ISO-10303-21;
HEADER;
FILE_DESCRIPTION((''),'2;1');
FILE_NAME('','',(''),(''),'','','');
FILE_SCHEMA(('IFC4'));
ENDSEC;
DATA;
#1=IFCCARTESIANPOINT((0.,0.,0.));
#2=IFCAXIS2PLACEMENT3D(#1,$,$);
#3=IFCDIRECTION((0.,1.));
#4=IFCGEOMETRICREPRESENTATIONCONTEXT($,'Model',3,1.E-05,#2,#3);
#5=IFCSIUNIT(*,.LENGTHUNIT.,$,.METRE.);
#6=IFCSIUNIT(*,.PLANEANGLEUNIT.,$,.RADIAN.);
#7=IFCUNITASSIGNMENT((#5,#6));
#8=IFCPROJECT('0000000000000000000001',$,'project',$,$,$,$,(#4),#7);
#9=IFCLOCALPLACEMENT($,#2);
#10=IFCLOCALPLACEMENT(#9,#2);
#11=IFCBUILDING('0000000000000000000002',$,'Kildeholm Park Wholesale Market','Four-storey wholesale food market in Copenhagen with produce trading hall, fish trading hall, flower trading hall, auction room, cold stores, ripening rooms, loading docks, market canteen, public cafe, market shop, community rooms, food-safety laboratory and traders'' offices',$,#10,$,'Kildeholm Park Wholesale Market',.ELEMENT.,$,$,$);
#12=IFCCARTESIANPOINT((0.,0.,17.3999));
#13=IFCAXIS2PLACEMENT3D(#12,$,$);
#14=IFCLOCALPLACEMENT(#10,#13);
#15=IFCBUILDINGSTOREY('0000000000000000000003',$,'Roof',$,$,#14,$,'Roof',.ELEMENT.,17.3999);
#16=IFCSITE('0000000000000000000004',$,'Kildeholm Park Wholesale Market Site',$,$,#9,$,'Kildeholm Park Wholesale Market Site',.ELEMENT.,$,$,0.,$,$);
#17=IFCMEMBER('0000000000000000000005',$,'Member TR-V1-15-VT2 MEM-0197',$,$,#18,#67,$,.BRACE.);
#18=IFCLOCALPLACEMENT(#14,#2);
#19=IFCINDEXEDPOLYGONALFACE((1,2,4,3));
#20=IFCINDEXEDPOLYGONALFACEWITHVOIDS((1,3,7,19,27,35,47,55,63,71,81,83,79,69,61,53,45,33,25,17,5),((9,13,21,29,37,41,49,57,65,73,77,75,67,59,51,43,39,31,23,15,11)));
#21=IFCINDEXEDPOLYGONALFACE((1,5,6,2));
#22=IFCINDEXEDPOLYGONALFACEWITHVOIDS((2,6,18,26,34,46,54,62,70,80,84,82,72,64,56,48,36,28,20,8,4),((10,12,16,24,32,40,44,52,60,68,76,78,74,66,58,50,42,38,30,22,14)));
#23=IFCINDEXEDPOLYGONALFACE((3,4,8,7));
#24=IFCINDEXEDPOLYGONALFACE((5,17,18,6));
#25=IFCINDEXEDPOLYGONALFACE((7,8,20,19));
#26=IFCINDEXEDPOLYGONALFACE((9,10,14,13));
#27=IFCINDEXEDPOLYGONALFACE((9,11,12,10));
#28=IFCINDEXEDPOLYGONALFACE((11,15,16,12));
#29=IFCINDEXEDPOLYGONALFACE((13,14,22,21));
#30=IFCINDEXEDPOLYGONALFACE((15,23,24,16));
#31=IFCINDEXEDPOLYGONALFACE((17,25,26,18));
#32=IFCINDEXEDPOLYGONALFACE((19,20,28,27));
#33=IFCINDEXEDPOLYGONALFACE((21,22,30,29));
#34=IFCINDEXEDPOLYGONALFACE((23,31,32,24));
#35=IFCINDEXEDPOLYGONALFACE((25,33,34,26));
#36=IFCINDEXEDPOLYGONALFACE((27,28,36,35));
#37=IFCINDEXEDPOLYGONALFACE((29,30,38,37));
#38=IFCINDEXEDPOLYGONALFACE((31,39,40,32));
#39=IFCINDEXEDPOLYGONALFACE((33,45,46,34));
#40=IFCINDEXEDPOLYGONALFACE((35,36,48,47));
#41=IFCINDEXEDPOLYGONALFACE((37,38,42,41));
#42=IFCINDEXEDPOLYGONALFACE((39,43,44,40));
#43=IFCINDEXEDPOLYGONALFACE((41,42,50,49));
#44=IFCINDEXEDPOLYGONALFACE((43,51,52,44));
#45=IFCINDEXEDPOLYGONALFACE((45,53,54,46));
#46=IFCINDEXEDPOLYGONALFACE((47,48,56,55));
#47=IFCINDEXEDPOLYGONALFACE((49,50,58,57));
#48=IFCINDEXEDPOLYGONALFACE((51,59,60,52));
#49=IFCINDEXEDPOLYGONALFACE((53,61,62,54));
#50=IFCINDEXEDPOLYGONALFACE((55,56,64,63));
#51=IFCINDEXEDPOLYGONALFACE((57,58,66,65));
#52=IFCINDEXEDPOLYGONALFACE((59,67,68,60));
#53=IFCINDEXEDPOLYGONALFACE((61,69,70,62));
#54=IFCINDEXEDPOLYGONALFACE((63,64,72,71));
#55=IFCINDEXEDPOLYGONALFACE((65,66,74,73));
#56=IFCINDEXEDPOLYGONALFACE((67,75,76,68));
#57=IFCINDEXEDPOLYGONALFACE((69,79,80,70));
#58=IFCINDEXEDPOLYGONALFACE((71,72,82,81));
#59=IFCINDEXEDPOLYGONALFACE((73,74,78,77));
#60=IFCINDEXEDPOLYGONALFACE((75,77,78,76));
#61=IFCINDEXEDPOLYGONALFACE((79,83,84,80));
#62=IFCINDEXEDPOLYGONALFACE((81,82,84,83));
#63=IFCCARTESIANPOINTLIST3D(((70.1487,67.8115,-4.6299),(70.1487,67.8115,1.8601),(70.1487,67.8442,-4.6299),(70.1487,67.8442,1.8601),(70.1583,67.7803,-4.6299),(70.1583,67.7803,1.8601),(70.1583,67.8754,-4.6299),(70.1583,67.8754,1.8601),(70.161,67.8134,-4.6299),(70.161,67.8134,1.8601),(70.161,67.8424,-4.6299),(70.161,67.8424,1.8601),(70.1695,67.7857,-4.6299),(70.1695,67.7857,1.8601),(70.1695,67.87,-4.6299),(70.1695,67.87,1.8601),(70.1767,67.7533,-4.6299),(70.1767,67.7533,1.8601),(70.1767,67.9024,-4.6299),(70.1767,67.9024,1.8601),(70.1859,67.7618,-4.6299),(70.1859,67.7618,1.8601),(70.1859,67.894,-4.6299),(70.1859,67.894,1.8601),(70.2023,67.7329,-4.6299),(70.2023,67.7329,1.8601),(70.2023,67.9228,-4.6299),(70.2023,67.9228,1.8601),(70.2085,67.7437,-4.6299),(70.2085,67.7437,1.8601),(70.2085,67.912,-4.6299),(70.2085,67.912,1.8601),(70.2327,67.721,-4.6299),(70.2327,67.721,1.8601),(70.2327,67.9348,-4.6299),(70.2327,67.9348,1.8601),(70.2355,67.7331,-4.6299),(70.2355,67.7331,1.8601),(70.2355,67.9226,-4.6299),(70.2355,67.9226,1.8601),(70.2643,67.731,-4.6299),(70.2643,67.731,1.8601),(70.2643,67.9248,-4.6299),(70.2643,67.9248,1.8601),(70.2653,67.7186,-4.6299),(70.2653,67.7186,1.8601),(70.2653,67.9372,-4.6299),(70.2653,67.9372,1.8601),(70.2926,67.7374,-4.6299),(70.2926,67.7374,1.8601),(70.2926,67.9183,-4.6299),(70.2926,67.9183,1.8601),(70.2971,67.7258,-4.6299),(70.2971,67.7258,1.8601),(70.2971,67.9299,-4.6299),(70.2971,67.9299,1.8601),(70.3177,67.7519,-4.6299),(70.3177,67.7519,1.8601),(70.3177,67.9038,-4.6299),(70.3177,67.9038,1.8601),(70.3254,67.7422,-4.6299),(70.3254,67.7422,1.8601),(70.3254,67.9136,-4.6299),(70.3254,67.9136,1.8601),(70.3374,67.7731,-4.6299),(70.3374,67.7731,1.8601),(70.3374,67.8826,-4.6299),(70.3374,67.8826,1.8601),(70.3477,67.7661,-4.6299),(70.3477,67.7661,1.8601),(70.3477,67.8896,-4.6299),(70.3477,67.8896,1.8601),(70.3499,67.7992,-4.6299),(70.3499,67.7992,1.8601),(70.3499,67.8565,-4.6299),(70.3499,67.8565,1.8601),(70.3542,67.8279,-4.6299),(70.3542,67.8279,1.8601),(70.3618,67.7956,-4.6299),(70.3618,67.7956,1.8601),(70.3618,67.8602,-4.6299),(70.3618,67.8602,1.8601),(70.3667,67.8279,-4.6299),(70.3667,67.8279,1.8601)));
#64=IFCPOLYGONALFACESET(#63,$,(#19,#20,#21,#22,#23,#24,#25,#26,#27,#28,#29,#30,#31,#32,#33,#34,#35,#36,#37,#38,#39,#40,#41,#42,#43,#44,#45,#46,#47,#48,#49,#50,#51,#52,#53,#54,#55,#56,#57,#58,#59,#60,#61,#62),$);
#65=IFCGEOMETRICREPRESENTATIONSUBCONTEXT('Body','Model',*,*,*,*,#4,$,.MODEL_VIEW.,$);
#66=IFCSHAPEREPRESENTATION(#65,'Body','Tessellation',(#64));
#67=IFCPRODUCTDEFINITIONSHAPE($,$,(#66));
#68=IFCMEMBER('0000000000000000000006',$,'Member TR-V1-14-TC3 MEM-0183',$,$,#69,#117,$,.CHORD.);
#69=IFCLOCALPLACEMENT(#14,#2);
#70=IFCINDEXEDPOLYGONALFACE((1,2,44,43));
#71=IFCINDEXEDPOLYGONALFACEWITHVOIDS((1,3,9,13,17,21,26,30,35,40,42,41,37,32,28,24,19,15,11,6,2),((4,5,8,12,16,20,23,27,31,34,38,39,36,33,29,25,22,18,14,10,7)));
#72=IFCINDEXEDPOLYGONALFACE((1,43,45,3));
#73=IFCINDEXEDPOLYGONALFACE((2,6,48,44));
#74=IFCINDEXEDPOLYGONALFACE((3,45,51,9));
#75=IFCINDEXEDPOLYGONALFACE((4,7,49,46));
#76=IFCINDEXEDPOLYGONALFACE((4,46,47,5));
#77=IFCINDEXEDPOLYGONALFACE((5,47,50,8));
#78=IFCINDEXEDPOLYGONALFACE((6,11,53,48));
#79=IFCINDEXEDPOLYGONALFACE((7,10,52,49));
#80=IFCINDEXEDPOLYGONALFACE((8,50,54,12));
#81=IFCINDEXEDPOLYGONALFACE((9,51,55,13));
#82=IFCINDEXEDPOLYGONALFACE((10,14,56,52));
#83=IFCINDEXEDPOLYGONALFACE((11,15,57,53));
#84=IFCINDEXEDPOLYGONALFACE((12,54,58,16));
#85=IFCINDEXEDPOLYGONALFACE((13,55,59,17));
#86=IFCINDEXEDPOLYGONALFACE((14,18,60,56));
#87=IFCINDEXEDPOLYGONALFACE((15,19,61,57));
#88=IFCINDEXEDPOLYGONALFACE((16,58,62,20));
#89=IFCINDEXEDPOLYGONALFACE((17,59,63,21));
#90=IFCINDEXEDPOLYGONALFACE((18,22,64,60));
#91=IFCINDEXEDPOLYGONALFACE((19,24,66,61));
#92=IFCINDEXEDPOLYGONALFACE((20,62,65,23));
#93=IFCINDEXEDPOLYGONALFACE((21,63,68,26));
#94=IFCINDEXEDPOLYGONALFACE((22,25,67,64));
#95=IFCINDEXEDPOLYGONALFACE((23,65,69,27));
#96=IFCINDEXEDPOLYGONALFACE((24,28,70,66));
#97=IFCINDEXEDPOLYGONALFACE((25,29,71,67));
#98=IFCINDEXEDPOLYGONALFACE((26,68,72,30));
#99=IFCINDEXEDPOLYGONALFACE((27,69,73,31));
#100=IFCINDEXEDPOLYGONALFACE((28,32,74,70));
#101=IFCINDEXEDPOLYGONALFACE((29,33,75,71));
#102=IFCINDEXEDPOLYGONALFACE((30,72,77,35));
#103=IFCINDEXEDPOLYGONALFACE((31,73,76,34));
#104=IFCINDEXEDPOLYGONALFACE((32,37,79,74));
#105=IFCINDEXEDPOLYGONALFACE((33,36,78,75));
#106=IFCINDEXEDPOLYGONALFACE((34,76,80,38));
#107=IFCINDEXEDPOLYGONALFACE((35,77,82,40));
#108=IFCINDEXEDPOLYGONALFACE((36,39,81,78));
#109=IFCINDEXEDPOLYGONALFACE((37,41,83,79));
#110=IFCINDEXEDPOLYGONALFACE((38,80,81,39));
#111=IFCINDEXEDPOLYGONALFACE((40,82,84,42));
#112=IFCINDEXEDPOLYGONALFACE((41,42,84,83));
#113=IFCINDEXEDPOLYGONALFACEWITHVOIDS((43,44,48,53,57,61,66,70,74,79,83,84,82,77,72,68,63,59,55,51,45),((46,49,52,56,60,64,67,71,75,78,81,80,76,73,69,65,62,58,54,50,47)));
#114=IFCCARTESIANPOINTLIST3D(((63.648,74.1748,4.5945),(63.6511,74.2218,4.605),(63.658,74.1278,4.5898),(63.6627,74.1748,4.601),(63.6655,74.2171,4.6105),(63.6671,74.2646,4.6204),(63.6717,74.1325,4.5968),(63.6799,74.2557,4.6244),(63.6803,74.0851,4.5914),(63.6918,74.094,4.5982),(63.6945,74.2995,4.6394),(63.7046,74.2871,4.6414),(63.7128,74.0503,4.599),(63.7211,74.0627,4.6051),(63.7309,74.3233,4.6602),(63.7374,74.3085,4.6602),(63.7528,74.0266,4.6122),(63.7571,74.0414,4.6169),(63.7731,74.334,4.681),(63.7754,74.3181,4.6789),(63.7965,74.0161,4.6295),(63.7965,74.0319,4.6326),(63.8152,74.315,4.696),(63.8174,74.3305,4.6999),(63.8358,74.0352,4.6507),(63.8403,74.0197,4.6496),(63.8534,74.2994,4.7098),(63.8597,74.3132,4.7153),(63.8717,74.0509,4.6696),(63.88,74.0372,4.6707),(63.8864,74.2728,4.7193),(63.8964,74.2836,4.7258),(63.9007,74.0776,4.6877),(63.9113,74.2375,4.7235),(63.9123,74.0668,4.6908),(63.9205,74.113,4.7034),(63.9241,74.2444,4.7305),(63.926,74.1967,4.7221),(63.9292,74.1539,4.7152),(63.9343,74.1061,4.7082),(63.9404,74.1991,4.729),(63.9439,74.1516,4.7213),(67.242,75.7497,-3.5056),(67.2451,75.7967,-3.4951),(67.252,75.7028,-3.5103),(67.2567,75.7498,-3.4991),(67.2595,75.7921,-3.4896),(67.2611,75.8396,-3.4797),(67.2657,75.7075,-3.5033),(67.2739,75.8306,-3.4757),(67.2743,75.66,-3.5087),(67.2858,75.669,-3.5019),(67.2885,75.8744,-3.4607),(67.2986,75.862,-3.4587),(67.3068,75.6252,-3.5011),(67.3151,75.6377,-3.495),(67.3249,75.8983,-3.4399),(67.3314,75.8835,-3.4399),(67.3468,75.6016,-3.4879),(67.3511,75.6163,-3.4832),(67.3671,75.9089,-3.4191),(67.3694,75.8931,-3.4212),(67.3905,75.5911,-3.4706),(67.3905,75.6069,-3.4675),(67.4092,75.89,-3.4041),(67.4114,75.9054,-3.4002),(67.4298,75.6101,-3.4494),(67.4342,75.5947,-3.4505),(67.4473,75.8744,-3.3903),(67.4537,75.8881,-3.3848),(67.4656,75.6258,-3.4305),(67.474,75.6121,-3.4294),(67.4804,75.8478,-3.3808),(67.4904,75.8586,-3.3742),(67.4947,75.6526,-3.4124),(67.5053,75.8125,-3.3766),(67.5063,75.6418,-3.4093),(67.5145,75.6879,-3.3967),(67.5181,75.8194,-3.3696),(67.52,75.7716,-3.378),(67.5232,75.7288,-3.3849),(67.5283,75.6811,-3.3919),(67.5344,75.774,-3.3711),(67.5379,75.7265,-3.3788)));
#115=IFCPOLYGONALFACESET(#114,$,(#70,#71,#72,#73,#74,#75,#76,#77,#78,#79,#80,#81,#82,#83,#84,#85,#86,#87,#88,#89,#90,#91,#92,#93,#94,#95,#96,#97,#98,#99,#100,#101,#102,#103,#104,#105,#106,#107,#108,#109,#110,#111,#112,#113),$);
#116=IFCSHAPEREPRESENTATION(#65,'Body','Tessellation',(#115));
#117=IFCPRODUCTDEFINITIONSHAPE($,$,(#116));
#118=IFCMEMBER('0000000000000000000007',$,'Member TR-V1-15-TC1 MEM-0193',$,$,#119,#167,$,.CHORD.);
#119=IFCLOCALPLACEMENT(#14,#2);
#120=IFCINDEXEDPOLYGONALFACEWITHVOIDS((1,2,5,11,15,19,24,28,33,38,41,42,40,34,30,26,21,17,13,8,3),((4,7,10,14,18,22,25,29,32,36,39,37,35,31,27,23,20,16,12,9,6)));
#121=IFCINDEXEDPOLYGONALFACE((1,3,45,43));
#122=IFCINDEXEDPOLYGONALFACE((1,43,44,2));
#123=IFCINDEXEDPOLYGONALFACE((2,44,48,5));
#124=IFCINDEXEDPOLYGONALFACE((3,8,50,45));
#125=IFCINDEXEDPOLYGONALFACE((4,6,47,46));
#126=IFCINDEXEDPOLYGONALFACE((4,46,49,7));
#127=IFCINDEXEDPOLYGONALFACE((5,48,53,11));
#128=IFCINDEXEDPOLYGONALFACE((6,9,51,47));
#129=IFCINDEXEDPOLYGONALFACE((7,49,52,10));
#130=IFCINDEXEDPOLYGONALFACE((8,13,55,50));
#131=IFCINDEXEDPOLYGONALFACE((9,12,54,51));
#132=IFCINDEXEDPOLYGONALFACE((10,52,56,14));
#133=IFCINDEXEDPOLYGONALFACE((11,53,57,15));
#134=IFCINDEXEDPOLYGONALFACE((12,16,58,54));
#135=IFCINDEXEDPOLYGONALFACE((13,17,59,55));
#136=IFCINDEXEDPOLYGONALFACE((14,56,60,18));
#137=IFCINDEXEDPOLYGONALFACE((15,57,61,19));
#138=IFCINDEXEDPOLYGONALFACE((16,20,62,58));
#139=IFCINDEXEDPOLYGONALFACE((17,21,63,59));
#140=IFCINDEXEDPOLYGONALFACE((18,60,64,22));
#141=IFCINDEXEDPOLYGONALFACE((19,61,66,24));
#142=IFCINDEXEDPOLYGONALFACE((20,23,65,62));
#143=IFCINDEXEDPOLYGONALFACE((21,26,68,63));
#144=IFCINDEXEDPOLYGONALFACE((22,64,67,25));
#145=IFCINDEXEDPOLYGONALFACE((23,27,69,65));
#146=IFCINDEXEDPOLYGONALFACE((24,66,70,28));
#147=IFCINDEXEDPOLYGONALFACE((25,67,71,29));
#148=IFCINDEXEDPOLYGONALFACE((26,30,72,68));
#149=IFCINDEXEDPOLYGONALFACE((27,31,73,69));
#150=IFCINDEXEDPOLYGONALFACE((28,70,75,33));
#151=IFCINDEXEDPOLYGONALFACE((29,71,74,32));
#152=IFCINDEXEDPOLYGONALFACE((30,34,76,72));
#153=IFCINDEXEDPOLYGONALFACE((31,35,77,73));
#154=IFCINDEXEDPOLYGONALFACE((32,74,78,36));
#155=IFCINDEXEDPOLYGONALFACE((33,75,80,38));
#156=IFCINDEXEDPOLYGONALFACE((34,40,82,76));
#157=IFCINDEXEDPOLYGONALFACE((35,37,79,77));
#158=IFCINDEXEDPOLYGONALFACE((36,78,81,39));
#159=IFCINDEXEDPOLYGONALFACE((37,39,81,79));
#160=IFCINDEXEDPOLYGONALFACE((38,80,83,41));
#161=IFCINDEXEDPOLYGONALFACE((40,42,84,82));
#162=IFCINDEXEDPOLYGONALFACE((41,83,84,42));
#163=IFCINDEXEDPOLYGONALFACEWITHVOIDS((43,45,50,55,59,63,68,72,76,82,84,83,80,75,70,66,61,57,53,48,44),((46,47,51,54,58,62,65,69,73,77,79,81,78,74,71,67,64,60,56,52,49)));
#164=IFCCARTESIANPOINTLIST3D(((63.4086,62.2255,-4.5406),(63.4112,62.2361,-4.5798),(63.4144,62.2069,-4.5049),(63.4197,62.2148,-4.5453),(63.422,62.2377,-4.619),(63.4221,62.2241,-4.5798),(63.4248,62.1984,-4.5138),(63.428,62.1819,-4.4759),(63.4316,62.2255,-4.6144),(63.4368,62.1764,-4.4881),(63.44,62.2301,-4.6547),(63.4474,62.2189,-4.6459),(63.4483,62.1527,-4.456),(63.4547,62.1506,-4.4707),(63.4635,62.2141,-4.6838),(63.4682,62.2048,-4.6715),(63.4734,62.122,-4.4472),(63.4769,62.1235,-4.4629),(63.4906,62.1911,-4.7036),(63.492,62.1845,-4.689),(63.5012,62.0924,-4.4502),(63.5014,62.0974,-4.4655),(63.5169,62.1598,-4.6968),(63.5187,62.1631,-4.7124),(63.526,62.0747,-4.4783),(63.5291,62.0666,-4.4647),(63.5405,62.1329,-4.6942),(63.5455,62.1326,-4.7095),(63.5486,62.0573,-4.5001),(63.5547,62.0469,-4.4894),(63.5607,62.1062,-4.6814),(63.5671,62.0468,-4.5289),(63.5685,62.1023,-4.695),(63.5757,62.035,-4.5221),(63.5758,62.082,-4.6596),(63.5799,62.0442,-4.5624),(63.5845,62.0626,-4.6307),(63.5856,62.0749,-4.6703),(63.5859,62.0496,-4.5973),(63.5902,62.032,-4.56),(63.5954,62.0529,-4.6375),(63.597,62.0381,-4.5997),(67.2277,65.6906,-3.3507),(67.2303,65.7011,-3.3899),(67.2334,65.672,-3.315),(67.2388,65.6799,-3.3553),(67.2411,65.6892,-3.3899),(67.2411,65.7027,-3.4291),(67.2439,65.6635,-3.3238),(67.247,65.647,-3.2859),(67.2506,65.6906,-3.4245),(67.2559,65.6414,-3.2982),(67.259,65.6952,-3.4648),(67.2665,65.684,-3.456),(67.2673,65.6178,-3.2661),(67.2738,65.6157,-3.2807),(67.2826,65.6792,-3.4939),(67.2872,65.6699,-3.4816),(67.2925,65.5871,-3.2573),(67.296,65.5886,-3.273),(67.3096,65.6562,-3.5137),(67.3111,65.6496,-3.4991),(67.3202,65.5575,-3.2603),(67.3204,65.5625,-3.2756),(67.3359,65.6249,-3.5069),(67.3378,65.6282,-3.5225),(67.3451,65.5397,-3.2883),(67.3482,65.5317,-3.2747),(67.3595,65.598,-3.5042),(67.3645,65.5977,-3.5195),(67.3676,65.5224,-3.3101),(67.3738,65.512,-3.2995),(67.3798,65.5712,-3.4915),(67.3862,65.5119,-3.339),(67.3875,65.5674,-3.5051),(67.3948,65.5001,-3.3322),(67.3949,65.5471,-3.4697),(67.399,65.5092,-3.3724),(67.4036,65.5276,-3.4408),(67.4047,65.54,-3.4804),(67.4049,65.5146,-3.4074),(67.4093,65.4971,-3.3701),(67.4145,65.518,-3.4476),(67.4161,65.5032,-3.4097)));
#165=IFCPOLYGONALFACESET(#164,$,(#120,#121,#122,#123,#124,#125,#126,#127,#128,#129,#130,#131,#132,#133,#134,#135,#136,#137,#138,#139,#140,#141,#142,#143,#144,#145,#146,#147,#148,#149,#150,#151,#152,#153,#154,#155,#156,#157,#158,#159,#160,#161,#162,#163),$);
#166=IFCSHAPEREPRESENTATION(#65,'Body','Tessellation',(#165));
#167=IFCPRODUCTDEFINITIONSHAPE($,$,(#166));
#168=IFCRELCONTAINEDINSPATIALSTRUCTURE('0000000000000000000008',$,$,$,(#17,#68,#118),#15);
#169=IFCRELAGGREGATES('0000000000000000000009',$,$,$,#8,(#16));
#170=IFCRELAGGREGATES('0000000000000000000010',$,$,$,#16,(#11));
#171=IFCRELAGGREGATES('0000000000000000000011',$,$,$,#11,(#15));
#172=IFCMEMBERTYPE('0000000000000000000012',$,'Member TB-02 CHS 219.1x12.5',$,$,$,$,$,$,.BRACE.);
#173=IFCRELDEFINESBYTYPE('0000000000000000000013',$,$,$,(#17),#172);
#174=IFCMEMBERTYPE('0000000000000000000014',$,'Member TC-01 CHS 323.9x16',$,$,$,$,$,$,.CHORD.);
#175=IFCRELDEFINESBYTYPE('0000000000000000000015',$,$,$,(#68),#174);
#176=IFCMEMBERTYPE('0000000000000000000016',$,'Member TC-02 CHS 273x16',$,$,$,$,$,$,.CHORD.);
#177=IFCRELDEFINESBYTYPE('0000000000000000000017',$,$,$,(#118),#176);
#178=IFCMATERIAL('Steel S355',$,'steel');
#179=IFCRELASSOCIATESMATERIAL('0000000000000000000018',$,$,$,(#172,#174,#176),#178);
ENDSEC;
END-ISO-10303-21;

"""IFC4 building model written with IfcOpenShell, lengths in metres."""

from ifc_helpers import new_model, si_unit, direction, frame, origin, origin_2d, place, context, subcontext, project, spatial, hollow_circle, extrude, material, material_profile, profile_set, type_object, element, save


model = new_model("IFC4")

# Units and contexts
model_context = context("Model", 3, precision=1e-05, world=origin(), true_north=direction((0.0, 1.0)))
body_context = subcontext(model_context, "Body", "Model", "MODEL_VIEW")
ifc_project = project(units=[si_unit("LENGTHUNIT", "METRE"), si_unit("PLANEANGLEUNIT", "RADIAN")], contexts=[model_context])

# Site, building, storey
site_placement = place(None, origin())
site = spatial("IfcSite", under=ifc_project, at=site_placement, Name="Kildeholm Park Wholesale Market Site", LongName="Kildeholm Park Wholesale Market Site", CompositionType="ELEMENT", RefElevation=0.0)
building_placement = place(site_placement, origin())
building = spatial("IfcBuilding", under=site, at=building_placement, Name="Kildeholm Park Wholesale Market", Description="Four-storey wholesale food market in Copenhagen with produce trading hall, fish trading hall, flower trading hall, auction room, cold stores, ripening rooms, loading docks, market canteen, public cafe, market shop, community rooms, food-safety laboratory and traders' offices", LongName="Kildeholm Park Wholesale Market", CompositionType="ELEMENT")
storey_placement = place(building_placement, frame((0.0, 0.0, 17.3999)))
storey = spatial("IfcBuildingStorey", under=building, at=storey_placement, Name="Roof", LongName="Roof", CompositionType="ELEMENT", Elevation=17.3999)

# Shared definitions
ifc_material_1 = material(Name="Steel S355", Category="steel")

# Members
ifc_material_profile_1 = material_profile(ifc_material_1, hollow_circle(Radius=0.1096, WallThickness=0.0125, at=origin_2d()), Name="CHS 219.1x12.5")
ifc_profile_set_1 = profile_set([ifc_material_profile_1], Name="Steel S355")
member_type_1 = type_object("IfcMemberType", Name="Member TB-02 CHS 219.1x12.5", PredefinedType="BRACE", material=ifc_profile_set_1)
member_1_placement = place(storey_placement, frame((70.2571, 67.8279, -4.6299), z_axis=(0.0, 0.0, 1.0), x_axis=(1.0, 0.0, 0.0)))
element("IfcMember", 1, at=member_1_placement, inside=storey, type_object=member_type_1, Name="Member TR-V1-15-VT2 MEM-0197", PredefinedType="BRACE", context=body_context, shape_type="SweptSolid", body=[
    extrude(hollow_circle(Radius=0.1096, WallThickness=0.0125, at=origin_2d()), origin(), (0.0, 0.0, 1.0), 6.49),
])
ifc_material_profile_2 = material_profile(ifc_material_1, hollow_circle(Radius=0.1619, WallThickness=0.0161, at=origin_2d()), Name="CHS 323.9x16")
ifc_profile_set_2 = profile_set([ifc_material_profile_2], Name="Steel S355")
member_type_2 = type_object("IfcMemberType", Name="Member TC-01 CHS 323.9x16", PredefinedType="CHORD", material=ifc_profile_set_2)
member_2_placement = place(storey_placement, frame((63.7959, 74.175, 4.6602), z_axis=(0.399311, 0.174985, -0.899962), x_axis=(-0.40137, 0.915916, 0.0)))
element("IfcMember", 2, at=member_2_placement, inside=storey, type_object=member_type_2, Name="Member TR-V1-14-TC3 MEM-0183", PredefinedType="CHORD", context=body_context, shape_type="SweptSolid", body=[
    extrude(hollow_circle(Radius=0.1619, WallThickness=0.0161, at=origin_2d()), origin(), (0.0, 0.0, 1.0), 9.0005),
])
ifc_material_profile_3 = material_profile(ifc_material_1, hollow_circle(Radius=0.1365, WallThickness=0.0161, at=origin_2d()), Name="CHS 273x16")
ifc_profile_set_3 = profile_set([ifc_material_profile_3], Name="Steel S355")
member_type_3 = type_object("IfcMemberType", Name="Member TC-02 CHS 273x16", PredefinedType="CHORD", material=ifc_profile_set_3)
member_3_placement = place(storey_placement, frame((63.5029, 62.135, -4.5798), z_axis=(0.721634, 0.654744, 0.224845), x_axis=(-0.671949, 0.740597, 0.0)))
element("IfcMember", 3, at=member_3_placement, inside=storey, type_object=member_type_3, Name="Member TR-V1-15-TC1 MEM-0193", PredefinedType="CHORD", context=body_context, shape_type="SweptSolid", body=[
    extrude(hollow_circle(Radius=0.1365, WallThickness=0.0161, at=origin_2d()), origin(), (0.0, 0.0, 1.0), 5.2922),
])

save(model, "model.ifc")
